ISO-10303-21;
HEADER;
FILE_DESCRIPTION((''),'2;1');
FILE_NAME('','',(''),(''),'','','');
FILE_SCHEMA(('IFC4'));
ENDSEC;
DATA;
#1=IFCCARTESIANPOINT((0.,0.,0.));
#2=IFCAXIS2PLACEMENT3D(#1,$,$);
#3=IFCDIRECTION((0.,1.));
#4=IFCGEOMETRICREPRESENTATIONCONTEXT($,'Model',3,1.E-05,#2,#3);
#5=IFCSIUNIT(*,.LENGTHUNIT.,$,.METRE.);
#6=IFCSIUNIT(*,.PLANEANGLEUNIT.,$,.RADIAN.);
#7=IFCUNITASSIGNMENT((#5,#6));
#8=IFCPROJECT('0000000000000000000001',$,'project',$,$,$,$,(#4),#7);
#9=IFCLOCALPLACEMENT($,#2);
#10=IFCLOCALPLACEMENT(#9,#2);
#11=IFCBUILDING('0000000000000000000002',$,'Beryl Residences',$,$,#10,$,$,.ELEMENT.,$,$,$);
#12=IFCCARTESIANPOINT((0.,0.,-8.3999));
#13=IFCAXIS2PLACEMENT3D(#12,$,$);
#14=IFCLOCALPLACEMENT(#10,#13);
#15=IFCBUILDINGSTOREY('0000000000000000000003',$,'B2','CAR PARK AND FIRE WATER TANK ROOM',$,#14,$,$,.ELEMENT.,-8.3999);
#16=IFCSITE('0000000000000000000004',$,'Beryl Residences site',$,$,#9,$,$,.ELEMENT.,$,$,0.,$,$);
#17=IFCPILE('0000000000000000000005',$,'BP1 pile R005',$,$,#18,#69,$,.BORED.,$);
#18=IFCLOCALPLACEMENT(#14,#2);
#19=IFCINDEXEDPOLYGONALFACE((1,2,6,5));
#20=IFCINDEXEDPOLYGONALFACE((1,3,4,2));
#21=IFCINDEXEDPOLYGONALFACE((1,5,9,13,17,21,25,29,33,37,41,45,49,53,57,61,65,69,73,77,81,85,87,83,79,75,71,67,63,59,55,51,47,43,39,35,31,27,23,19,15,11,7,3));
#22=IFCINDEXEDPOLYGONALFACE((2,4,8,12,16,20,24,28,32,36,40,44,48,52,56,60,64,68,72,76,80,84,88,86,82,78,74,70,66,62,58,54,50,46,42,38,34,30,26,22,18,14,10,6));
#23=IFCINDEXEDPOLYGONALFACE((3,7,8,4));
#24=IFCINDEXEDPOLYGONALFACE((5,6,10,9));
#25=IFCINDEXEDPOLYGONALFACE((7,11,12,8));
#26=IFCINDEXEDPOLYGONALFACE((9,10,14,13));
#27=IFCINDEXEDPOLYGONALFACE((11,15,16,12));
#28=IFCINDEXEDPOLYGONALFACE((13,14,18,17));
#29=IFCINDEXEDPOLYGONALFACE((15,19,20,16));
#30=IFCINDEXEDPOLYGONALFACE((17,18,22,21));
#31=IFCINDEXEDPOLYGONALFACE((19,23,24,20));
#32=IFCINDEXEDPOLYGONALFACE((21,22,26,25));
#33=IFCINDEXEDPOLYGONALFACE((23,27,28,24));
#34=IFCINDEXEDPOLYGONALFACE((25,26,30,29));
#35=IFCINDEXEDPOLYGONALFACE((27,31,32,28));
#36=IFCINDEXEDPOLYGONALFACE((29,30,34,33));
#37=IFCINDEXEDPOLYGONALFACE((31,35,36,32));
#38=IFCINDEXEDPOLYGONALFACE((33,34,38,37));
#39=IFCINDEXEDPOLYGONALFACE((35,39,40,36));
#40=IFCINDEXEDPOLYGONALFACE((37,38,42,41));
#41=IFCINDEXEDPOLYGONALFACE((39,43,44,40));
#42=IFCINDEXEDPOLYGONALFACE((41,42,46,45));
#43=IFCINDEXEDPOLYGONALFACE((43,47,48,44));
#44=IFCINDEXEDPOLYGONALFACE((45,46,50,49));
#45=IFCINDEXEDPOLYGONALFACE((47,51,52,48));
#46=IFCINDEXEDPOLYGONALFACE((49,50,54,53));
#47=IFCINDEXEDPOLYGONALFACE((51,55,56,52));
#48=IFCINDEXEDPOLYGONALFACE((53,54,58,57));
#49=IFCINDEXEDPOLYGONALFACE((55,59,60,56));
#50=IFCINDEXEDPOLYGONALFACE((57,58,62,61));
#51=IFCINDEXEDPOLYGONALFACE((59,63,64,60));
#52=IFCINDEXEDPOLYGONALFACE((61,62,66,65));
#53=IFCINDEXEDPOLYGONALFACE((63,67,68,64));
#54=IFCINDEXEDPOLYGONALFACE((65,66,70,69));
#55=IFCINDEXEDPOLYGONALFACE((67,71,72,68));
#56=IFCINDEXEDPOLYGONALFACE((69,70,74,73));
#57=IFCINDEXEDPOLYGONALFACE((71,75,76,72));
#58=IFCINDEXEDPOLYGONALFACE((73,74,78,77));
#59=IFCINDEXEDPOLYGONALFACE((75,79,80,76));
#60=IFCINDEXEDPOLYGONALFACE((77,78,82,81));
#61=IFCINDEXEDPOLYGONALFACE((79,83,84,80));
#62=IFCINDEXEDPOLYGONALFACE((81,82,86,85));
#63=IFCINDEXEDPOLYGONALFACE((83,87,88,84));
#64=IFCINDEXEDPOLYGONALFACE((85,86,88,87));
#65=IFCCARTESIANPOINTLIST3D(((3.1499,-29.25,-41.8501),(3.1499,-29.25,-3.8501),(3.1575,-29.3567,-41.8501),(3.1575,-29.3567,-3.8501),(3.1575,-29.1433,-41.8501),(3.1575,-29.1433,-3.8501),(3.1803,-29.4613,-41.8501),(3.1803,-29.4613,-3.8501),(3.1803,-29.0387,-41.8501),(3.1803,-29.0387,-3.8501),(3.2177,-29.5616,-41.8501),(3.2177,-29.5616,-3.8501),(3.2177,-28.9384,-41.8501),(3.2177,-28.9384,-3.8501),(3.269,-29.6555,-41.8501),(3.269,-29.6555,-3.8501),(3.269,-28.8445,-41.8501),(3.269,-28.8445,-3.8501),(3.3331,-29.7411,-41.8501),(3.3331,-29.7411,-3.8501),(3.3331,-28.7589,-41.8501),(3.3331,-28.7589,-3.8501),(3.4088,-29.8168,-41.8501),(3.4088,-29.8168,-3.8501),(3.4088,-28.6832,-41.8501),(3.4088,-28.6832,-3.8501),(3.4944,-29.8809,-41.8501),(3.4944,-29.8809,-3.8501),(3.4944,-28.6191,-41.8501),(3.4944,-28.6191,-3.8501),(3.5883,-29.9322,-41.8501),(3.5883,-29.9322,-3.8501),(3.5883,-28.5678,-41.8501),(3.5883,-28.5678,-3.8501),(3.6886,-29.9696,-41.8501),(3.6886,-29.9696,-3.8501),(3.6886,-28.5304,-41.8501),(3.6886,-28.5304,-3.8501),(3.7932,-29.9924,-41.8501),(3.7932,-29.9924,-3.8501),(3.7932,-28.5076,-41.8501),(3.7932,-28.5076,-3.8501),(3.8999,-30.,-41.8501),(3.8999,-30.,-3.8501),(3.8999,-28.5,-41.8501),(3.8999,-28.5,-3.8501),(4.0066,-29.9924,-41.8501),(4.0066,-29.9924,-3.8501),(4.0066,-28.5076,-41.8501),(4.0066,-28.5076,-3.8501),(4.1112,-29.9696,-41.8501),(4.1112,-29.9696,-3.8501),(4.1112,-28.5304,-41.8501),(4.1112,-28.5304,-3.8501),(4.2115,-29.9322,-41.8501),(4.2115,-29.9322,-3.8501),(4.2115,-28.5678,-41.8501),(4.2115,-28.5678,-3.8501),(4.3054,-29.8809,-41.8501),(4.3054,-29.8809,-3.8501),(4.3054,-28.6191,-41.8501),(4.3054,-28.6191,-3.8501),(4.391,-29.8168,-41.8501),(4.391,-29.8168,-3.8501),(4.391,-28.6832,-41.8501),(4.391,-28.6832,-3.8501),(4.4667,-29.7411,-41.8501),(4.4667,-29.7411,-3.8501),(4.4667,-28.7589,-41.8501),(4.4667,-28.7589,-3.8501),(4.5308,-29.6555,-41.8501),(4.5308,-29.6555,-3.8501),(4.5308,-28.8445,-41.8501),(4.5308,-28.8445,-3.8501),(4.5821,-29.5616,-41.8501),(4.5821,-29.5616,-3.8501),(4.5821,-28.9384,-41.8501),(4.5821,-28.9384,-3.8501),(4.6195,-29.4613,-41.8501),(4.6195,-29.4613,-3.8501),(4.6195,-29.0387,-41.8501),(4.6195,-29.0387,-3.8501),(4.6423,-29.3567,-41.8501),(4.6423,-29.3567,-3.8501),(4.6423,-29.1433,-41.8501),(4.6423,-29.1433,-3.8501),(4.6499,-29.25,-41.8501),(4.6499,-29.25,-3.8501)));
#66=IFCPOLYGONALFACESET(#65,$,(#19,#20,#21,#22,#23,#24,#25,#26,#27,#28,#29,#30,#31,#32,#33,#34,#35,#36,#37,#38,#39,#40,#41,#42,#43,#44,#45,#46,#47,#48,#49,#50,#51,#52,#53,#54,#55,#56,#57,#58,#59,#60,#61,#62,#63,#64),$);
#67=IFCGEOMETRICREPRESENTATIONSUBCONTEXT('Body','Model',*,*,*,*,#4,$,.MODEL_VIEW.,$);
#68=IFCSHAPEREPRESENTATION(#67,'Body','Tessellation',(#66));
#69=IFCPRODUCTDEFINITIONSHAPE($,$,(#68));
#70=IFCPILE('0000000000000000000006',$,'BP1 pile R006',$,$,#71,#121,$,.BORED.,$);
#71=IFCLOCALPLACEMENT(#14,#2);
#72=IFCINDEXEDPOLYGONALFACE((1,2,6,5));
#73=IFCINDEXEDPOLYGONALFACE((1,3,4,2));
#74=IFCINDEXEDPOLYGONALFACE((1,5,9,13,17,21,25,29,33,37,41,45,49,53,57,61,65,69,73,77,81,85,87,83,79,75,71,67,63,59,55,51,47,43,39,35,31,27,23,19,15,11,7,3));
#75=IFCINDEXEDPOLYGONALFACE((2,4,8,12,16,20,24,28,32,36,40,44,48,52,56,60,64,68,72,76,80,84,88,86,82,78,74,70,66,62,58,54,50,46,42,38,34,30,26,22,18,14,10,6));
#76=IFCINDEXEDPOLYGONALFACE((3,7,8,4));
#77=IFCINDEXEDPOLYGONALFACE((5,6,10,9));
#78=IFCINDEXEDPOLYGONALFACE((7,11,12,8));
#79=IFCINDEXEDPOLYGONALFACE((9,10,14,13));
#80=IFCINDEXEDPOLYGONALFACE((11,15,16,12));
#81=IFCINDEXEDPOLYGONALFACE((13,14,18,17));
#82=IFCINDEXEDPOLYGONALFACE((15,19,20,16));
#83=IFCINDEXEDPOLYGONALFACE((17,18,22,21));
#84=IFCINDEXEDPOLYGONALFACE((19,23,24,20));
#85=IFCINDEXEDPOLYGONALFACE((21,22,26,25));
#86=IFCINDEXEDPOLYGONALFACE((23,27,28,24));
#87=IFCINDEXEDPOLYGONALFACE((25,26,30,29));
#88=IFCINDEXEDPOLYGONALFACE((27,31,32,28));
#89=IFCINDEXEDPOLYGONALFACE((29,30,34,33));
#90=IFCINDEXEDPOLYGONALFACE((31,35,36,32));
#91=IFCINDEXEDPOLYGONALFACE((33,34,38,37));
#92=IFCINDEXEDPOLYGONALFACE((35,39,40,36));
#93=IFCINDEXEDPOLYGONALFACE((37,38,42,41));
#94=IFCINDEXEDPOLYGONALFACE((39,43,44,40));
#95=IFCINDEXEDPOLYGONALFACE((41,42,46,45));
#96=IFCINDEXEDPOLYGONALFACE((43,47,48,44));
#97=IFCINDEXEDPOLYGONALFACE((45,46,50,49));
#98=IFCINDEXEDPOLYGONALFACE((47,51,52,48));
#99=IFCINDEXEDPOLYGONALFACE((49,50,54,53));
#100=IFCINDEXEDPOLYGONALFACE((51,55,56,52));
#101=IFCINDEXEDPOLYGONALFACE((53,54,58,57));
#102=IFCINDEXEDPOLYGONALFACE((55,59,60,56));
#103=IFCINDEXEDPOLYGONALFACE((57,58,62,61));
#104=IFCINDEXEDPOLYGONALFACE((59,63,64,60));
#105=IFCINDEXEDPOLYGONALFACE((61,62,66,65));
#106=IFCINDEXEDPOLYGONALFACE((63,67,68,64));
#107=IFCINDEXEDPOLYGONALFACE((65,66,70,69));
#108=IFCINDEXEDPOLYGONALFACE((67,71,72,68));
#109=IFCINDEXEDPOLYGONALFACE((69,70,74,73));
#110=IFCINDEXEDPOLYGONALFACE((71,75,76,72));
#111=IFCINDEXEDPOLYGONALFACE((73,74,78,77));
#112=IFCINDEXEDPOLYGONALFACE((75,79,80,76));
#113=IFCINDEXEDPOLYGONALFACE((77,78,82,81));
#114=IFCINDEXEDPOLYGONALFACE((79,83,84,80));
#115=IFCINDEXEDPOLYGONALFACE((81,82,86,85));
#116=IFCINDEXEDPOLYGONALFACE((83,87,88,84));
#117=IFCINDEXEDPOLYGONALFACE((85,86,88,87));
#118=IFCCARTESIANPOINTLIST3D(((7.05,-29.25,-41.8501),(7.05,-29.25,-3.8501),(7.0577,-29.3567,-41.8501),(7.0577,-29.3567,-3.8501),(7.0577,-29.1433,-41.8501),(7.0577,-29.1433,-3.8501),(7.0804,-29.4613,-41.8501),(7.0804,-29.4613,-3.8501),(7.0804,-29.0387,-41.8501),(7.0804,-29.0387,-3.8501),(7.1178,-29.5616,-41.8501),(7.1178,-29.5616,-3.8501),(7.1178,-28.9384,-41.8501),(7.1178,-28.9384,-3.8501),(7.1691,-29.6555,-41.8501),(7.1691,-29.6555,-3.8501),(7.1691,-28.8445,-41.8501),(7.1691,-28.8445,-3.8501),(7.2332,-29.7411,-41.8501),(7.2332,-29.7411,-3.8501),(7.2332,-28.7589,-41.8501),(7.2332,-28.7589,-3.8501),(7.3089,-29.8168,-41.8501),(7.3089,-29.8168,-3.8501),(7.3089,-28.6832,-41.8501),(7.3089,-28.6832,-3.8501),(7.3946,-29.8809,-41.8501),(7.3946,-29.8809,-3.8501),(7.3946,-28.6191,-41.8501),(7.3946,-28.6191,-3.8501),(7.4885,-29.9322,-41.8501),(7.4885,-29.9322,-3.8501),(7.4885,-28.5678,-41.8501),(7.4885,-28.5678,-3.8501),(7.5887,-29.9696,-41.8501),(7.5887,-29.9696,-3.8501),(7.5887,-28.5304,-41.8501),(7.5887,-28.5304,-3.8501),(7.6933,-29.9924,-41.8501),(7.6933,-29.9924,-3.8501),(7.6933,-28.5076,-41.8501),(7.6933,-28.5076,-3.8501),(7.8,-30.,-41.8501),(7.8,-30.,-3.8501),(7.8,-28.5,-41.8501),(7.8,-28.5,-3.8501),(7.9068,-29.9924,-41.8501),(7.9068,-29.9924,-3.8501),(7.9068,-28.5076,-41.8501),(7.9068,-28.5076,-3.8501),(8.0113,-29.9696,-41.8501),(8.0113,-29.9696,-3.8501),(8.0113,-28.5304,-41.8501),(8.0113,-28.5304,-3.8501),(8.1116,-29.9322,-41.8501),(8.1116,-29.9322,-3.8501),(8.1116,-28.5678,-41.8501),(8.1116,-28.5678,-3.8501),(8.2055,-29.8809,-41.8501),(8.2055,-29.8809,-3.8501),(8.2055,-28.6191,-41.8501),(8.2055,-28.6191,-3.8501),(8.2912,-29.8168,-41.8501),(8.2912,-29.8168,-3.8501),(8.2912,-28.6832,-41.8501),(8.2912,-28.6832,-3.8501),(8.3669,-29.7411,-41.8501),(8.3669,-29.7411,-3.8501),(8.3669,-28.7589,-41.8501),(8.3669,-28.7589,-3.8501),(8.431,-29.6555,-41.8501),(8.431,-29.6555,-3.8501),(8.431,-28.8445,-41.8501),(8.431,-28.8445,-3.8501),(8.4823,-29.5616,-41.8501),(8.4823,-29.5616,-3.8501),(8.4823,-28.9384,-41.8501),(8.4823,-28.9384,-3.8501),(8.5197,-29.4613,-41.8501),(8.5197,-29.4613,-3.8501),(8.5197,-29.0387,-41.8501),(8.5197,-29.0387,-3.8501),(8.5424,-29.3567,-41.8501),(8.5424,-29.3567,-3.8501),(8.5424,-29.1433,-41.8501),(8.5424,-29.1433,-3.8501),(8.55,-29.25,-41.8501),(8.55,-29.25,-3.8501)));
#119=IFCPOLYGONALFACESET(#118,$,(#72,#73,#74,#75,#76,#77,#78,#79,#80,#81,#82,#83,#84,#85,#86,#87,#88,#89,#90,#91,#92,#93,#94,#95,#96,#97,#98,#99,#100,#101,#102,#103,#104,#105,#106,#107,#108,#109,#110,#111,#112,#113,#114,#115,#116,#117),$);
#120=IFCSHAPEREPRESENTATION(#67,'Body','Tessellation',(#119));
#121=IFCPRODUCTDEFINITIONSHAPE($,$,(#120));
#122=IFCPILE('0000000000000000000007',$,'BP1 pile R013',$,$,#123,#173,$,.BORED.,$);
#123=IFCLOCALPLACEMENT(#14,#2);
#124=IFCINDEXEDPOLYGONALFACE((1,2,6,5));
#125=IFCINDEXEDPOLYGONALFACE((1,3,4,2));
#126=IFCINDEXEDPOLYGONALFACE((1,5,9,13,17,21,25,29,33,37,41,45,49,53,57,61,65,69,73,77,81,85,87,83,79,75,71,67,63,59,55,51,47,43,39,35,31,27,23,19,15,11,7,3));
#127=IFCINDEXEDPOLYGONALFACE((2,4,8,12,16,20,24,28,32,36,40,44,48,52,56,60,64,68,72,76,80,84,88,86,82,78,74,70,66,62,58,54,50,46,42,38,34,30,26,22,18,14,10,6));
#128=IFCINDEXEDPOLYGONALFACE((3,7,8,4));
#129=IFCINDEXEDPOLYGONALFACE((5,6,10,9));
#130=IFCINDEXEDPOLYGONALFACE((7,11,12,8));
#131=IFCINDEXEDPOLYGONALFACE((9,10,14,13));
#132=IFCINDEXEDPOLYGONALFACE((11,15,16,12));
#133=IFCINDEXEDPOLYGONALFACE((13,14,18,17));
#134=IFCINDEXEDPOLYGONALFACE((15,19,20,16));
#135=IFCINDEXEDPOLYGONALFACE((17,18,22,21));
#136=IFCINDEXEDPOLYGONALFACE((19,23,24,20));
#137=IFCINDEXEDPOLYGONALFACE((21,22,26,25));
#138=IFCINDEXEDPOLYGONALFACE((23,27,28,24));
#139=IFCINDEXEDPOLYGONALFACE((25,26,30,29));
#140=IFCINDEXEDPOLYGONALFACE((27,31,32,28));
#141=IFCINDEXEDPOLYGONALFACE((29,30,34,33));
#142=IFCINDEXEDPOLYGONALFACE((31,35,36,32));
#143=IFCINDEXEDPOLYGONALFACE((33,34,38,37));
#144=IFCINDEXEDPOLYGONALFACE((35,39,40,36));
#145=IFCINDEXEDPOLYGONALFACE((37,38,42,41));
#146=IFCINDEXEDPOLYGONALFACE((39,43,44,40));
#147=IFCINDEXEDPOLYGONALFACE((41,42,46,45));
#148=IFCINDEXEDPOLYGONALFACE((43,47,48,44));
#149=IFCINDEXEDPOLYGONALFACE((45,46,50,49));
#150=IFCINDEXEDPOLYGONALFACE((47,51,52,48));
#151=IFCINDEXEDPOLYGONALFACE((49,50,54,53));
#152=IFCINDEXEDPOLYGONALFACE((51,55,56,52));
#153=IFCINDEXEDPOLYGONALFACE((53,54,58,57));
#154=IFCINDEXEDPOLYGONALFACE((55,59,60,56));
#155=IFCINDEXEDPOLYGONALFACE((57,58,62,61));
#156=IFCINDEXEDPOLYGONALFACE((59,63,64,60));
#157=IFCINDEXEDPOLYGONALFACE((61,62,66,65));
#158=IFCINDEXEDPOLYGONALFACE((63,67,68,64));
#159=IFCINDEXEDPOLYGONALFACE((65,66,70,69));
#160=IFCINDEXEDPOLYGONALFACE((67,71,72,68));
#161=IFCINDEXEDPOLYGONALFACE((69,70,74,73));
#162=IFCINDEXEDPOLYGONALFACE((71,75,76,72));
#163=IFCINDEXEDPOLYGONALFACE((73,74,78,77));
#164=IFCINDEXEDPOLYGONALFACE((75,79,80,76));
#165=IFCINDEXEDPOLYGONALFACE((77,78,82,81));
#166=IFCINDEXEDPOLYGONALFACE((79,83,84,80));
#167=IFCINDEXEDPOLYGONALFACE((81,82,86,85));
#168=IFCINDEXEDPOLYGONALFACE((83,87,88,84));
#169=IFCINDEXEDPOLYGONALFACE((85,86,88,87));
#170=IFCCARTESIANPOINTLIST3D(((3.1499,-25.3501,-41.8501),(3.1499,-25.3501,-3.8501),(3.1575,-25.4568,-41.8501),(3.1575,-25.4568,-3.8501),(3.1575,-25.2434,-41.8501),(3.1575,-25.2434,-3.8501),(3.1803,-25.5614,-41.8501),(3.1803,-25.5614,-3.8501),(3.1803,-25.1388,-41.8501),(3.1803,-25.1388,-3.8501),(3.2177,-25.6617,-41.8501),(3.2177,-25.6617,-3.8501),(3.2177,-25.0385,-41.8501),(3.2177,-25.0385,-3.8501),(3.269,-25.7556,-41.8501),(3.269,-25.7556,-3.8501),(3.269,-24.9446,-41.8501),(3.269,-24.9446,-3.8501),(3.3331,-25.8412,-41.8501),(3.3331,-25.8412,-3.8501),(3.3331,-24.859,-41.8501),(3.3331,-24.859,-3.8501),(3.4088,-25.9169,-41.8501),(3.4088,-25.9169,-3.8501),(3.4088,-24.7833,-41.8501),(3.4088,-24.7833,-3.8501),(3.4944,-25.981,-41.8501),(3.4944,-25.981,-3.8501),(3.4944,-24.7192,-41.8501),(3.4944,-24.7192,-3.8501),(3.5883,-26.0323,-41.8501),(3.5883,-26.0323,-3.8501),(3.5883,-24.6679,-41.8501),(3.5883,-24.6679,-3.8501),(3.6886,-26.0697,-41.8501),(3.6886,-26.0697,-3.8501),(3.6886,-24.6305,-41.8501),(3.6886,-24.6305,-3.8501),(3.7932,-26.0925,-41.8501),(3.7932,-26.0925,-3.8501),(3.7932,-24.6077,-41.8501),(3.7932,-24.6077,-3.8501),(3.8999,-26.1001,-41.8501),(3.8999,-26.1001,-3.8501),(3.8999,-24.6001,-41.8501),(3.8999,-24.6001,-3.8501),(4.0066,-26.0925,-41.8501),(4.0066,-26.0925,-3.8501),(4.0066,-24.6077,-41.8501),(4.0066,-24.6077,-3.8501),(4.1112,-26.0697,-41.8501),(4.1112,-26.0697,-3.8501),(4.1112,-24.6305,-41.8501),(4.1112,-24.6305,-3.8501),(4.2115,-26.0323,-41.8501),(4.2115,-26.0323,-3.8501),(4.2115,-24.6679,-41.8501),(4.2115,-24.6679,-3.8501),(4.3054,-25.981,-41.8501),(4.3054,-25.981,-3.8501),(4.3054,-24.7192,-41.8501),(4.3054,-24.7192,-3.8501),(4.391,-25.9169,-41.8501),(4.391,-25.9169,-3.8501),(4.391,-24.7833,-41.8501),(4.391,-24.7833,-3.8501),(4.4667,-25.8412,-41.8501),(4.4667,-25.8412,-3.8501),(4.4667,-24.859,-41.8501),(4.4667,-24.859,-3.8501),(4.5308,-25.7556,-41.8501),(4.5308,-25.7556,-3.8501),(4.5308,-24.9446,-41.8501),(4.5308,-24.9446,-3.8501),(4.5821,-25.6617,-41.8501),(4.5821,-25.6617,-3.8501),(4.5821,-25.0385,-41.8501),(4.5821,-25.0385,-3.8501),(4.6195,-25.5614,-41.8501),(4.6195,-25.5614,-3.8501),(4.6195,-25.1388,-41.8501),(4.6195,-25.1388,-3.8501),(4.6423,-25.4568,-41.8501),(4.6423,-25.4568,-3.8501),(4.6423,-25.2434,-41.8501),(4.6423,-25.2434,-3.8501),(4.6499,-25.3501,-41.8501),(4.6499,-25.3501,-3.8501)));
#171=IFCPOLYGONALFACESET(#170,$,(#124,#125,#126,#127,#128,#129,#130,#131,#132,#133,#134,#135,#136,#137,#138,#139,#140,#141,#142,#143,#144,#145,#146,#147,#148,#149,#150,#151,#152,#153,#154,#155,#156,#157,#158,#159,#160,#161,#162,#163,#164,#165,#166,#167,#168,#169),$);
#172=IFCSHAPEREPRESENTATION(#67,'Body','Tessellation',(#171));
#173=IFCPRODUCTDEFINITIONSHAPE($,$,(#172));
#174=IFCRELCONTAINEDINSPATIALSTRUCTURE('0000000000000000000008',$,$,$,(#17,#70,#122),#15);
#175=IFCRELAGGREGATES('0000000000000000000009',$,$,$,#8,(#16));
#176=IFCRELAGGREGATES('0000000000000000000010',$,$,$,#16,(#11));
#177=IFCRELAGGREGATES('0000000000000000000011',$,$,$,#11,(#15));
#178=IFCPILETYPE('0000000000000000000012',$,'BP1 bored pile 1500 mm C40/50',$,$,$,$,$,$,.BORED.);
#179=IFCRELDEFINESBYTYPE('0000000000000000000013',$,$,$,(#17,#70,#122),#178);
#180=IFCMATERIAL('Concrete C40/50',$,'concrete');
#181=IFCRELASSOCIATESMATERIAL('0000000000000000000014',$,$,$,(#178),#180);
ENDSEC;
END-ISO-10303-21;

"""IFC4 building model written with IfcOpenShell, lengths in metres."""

from ifc_helpers import new_model, si_unit, direction, frame, origin, origin_2d, place, context, subcontext, project, spatial, circle, extrude, material, material_profile, profile_set, type_object, element, save


model = new_model("IFC4")

# Units and contexts
model_context = context("Model", 3, precision=1e-05, world=origin(), true_north=direction((0.0, 1.0)))
body_context = subcontext(model_context, "Body", "Model", "MODEL_VIEW")
ifc_project = project(units=[si_unit("LENGTHUNIT", "METRE"), si_unit("PLANEANGLEUNIT", "RADIAN")], contexts=[model_context])

# Site, building, storey
site_placement = place(None, origin())
site = spatial("IfcSite", under=ifc_project, at=site_placement, Name="Beryl Residences site", CompositionType="ELEMENT", RefElevation=0.0)
building_placement = place(site_placement, origin())
building = spatial("IfcBuilding", under=site, at=building_placement, Name="Beryl Residences", CompositionType="ELEMENT")
storey_placement = place(building_placement, frame((0.0, 0.0, -8.3999)))
storey = spatial("IfcBuildingStorey", under=building, at=storey_placement, Name="B2", Description="CAR PARK AND FIRE WATER TANK ROOM", CompositionType="ELEMENT", Elevation=-8.3999)

# Piles
ifc_material_1 = material(Name="Concrete C40/50", Category="concrete")
ifc_material_profile_1 = material_profile(ifc_material_1, circle(Radius=0.75, at=origin_2d()))
ifc_profile_set_1 = profile_set([ifc_material_profile_1], Name="Concrete C40/50")
pile_type = type_object("IfcPileType", Name="BP1 bored pile 1500 mm C40/50", PredefinedType="BORED", material=ifc_profile_set_1)
for number, where, z_axis, x_axis, name in (
    (1, (3.8999, -29.25, -3.8501), (0.0, 0.0, -1.0), (1.0, 0.0, 0.0), "BP1 pile R005"),
    (2, (7.8, -29.25, -3.8501), (0.0, 0.0, -1.0), (1.0, 0.0, 0.0), "BP1 pile R006"),
    (3, (3.8999, -25.3501, -3.8501), (0.0, 0.0, -1.0), (1.0, 0.0, 0.0), "BP1 pile R013"),
):
    element("IfcPile", number, at=place(storey_placement, frame(where, z_axis=z_axis, x_axis=x_axis)), inside=storey, type_object=pile_type, Name=name, PredefinedType="BORED", context=body_context, shape_type="SweptSolid", body=[
        extrude(circle(Radius=0.75, at=origin_2d()), origin(), (0.0, 0.0, 1.0), 38.0),
    ])

save(model, "model.ifc")
